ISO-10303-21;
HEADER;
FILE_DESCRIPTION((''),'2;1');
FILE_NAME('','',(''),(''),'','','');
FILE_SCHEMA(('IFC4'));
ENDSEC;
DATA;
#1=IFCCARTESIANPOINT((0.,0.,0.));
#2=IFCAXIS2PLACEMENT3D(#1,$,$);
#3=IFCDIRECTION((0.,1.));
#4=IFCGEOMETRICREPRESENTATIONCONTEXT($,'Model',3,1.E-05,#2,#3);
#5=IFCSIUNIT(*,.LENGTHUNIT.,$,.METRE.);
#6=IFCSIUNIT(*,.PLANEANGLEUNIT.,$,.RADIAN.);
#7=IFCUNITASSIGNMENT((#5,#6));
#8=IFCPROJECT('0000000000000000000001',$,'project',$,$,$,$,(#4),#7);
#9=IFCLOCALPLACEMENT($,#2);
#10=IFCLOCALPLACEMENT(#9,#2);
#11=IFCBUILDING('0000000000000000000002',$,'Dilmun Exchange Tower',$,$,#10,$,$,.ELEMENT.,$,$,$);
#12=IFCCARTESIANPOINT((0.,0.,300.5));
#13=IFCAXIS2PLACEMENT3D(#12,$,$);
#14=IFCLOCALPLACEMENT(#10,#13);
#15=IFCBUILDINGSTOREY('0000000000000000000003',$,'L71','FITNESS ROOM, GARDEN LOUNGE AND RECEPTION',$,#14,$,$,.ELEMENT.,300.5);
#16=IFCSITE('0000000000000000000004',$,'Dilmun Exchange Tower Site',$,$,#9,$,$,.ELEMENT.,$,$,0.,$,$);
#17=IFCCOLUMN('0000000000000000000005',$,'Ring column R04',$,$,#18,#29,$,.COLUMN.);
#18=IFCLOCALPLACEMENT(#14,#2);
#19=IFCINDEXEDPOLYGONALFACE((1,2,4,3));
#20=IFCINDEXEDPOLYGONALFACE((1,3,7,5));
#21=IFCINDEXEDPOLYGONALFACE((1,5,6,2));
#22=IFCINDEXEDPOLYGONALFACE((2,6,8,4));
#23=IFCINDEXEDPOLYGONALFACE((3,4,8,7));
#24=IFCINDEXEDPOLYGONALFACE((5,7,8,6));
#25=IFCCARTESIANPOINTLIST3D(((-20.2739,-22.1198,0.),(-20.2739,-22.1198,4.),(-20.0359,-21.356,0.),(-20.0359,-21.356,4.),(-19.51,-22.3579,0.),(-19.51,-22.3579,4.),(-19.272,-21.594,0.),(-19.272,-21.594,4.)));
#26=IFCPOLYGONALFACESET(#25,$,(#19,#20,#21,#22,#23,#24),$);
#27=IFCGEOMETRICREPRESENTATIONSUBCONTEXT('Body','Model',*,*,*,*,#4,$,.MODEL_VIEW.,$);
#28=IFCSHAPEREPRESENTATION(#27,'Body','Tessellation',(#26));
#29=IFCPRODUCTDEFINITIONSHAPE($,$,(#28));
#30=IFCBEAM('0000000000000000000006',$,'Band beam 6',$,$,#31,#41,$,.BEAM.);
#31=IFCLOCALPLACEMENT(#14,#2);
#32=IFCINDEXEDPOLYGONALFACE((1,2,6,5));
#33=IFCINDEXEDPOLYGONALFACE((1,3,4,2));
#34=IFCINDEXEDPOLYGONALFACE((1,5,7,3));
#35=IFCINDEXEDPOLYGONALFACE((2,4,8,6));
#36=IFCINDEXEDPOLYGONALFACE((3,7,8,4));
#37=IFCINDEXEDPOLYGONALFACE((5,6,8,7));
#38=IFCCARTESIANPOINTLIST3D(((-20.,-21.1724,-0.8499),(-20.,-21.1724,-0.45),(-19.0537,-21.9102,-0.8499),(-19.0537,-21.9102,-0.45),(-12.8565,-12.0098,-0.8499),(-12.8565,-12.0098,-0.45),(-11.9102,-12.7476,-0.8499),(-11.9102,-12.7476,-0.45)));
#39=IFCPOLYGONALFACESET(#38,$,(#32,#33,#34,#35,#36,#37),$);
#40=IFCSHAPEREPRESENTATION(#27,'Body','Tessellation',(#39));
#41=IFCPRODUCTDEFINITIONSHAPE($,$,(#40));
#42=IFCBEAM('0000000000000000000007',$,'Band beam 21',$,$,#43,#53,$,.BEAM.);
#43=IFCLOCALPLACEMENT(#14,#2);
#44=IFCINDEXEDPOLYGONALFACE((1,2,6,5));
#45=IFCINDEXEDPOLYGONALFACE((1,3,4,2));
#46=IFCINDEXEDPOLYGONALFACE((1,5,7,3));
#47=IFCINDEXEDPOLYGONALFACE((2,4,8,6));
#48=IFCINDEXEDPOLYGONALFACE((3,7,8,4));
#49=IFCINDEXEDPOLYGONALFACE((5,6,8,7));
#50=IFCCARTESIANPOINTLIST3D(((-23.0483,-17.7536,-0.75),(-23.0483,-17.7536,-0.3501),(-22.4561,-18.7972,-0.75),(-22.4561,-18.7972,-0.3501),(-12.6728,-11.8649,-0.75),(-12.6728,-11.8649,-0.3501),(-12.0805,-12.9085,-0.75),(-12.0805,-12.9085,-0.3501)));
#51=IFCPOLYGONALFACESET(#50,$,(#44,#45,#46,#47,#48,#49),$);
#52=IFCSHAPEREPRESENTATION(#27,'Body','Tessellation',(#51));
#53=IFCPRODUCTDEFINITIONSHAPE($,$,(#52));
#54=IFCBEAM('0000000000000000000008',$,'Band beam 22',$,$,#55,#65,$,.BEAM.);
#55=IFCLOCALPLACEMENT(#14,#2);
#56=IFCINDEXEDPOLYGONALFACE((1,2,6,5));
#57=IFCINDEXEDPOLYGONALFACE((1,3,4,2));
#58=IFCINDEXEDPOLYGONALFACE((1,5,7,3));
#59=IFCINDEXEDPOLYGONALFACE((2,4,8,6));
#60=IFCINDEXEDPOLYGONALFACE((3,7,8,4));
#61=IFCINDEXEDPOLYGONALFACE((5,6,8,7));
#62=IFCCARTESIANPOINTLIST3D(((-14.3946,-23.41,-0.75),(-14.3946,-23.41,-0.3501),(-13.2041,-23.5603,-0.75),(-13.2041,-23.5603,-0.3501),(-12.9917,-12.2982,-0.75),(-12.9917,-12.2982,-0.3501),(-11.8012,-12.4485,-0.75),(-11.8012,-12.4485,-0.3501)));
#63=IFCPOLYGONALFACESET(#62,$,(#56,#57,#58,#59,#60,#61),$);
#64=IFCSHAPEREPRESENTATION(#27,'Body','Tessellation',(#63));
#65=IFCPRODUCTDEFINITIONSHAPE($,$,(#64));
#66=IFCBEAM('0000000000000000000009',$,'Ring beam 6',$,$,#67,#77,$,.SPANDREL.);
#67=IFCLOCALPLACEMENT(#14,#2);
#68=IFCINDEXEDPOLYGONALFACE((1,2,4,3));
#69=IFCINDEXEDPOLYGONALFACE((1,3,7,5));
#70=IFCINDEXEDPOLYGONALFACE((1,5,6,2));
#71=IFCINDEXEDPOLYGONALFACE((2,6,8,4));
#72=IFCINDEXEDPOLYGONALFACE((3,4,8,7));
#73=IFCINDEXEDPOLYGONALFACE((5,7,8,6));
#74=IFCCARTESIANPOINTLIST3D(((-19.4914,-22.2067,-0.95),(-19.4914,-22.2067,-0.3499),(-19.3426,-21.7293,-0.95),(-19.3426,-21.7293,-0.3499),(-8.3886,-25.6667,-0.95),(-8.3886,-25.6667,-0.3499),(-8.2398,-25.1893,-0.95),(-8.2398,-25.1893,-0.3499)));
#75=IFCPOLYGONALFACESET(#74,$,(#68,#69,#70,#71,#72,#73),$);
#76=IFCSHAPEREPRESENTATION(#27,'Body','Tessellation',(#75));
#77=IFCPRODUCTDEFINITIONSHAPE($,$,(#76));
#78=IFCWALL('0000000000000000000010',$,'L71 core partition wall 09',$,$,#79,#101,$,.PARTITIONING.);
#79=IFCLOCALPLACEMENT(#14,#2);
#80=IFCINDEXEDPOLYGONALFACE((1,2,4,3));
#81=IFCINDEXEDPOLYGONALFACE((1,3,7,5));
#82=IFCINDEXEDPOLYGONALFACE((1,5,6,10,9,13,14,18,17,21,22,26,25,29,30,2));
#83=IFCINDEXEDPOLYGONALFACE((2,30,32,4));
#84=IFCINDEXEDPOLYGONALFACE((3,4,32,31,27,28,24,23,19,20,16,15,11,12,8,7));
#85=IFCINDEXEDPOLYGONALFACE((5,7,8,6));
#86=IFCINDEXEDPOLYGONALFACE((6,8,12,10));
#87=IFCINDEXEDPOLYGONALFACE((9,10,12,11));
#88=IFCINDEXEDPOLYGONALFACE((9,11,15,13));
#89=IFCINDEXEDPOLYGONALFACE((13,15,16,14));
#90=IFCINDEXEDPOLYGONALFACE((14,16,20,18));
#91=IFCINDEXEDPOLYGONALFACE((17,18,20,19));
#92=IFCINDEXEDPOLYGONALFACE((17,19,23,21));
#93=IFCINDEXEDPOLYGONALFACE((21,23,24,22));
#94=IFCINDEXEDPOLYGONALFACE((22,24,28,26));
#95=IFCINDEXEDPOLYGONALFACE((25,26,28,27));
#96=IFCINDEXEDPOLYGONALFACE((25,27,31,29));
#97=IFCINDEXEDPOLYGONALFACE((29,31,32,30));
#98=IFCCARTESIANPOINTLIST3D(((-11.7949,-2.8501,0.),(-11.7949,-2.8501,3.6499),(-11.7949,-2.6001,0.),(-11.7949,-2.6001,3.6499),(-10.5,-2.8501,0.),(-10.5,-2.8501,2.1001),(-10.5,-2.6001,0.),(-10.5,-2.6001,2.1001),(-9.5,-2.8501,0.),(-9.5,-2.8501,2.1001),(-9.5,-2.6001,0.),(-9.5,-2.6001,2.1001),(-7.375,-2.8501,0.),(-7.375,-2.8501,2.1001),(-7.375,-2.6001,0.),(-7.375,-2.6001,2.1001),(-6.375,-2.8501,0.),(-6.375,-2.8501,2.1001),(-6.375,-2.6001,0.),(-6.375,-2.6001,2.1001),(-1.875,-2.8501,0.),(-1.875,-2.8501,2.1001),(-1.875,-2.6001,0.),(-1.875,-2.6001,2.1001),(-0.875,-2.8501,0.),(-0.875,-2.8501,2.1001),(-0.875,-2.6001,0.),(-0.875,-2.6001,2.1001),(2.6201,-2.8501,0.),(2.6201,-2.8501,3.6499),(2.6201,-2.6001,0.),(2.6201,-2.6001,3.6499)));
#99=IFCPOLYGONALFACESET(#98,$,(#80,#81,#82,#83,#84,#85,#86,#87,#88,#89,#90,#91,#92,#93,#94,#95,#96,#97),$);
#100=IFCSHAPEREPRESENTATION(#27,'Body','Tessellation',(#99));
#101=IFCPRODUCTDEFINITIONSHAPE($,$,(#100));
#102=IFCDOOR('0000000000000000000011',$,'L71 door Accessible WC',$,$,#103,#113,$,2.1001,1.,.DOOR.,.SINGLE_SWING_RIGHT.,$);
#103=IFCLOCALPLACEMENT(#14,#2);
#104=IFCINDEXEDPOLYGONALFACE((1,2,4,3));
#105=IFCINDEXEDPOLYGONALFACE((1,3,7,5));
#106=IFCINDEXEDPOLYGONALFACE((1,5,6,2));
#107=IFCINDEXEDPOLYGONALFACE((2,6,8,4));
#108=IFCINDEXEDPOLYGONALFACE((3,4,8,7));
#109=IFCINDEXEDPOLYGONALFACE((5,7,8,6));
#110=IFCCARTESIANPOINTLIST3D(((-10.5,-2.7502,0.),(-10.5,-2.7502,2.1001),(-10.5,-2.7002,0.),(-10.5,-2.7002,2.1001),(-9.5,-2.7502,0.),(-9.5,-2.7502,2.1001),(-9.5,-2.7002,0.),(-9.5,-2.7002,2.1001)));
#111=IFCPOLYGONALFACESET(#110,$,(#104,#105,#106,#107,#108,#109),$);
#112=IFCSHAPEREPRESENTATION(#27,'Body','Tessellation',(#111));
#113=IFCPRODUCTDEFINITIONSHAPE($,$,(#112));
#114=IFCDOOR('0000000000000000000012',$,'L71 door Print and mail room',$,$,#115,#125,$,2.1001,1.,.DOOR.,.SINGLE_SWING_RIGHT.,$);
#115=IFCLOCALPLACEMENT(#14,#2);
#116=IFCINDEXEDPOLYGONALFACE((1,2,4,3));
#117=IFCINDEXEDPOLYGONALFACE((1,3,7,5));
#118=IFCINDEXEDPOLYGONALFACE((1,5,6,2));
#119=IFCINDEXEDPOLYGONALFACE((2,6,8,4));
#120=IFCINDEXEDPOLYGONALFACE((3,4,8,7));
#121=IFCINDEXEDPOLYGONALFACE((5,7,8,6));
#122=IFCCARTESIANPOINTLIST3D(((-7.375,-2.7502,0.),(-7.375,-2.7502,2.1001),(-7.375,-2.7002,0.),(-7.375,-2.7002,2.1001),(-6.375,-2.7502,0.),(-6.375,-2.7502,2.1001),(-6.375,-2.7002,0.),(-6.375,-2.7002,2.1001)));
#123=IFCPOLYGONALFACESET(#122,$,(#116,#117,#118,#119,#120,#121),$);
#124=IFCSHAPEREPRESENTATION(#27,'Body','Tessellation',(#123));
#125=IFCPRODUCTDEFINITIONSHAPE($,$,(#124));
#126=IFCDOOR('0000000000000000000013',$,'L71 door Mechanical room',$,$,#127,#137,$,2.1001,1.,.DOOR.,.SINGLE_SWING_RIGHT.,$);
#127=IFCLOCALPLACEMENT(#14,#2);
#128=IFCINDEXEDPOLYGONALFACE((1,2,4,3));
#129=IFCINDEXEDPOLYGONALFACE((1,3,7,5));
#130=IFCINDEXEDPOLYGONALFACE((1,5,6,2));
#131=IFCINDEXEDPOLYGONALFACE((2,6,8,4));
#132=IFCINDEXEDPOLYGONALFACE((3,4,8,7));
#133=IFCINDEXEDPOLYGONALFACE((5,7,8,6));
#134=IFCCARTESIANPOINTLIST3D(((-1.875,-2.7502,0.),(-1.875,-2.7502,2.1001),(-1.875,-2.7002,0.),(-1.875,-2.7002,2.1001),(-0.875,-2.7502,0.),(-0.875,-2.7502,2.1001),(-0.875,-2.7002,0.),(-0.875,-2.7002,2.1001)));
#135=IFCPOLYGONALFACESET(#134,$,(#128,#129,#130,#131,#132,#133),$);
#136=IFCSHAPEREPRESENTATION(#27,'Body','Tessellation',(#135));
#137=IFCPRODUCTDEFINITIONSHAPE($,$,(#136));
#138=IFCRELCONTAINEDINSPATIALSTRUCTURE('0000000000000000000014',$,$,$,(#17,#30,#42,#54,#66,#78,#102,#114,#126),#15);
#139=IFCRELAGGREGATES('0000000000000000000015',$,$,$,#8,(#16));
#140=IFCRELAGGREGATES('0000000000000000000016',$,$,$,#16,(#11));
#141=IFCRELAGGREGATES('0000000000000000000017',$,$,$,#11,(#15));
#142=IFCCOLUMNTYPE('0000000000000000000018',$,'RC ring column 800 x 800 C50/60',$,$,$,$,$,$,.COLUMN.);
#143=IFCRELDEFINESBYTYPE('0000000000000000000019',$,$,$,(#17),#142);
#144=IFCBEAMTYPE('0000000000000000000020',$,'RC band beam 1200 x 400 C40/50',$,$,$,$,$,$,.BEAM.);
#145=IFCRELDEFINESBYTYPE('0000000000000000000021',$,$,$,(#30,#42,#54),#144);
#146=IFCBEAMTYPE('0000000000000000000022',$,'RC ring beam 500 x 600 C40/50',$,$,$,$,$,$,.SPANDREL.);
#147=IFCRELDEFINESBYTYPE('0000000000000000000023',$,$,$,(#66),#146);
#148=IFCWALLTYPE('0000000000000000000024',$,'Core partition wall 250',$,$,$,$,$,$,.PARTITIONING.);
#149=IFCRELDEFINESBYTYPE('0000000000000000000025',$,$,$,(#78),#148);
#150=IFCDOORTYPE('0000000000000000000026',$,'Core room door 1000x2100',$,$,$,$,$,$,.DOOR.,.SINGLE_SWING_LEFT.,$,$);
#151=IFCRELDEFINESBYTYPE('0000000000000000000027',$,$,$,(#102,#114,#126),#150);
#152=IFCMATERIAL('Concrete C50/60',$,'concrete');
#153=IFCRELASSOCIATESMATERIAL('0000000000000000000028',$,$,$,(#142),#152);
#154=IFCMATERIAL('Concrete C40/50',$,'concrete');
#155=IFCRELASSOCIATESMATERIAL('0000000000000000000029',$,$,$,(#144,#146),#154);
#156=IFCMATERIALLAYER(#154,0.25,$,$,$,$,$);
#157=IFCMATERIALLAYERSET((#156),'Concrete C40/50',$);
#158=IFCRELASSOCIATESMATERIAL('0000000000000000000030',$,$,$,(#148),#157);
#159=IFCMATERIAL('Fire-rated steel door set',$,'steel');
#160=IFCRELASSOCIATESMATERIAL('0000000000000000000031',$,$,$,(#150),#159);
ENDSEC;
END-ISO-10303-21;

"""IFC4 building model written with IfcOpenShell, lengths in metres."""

from ifc_helpers import new_model, si_unit, direction, frame, frame_2d, origin, origin_2d, place, context, subcontext, project, spatial, rectangle, extrude, material, layer, layer_set, material_profile, profile_set, type_object, element, fill, save


model = new_model("IFC4")

# Units and contexts
model_context = context("Model", 3, precision=1e-05, world=origin(), true_north=direction((0.0, 1.0)))
body_context = subcontext(model_context, "Body", "Model", "MODEL_VIEW")
ifc_project = project(units=[si_unit("LENGTHUNIT", "METRE"), si_unit("PLANEANGLEUNIT", "RADIAN")], contexts=[model_context])

# Site, building, storey
site_placement = place(None, origin())
site = spatial("IfcSite", under=ifc_project, at=site_placement, Name="Dilmun Exchange Tower Site", CompositionType="ELEMENT", RefElevation=0.0)
building_placement = place(site_placement, origin())
building = spatial("IfcBuilding", under=site, at=building_placement, Name="Dilmun Exchange Tower", CompositionType="ELEMENT")
storey_placement = place(building_placement, frame((0.0, 0.0, 300.5)))
storey = spatial("IfcBuildingStorey", under=building, at=storey_placement, Name="L71", Description="FITNESS ROOM, GARDEN LOUNGE AND RECEPTION", CompositionType="ELEMENT", Elevation=300.5)

# Column
ifc_material_1 = material(Name="Concrete C50/60", Category="concrete")
ifc_material_profile_1 = material_profile(ifc_material_1, rectangle(XDim=0.8, YDim=0.8, at=origin_2d()), Name="800 x 800")
ifc_profile_set_1 = profile_set([ifc_material_profile_1], Name="Concrete C50/60")
column_type = type_object("IfcColumnType", Name="RC ring column 800 x 800 C50/60", PredefinedType="COLUMN", material=ifc_profile_set_1)
column_placement = place(storey_placement, frame((-19.7729, -21.8569, 0.0), z_axis=(0.0, 0.0, 1.0), x_axis=(0.297503, 0.954721, 0.0)))
element("IfcColumn", 1, at=column_placement, inside=storey, type_object=column_type, Name="Ring column R04", PredefinedType="COLUMN", context=body_context, shape_type="SweptSolid", body=[
    extrude(rectangle(XDim=0.8, YDim=0.8, at=origin_2d()), origin(), (0.0, 0.0, 1.0), 4.0),
])

# Beams
ifc_material_2 = material(Name="Concrete C40/50", Category="concrete")
ifc_material_profile_2 = material_profile(ifc_material_2, rectangle(XDim=1.2, YDim=0.3999, at=origin_2d()), Name="1200 x 400")
ifc_profile_set_2 = profile_set([ifc_material_profile_2], Name="Concrete C40/50")
beam_type_1 = type_object("IfcBeamType", Name="RC band beam 1200 x 400 C40/50", PredefinedType="BEAM", material=ifc_profile_set_2)
beam_1_placement = place(storey_placement, frame((-19.5269, -21.5413, -0.6499), z_axis=(0.614857, 0.788639, 0.0), x_axis=(-0.788639, 0.614857, 0.0)))
element("IfcBeam", 2, at=beam_1_placement, inside=storey, type_object=beam_type_1, Name="Band beam 6", PredefinedType="BEAM", context=body_context, shape_type="SweptSolid", body=[
    extrude(rectangle(XDim=1.2, YDim=0.3999, at=origin_2d()), origin(), (0.0, 0.0, 1.0), 11.6182),
])
beam_2_placement = place(storey_placement, frame((-22.7522, -18.2754, -0.55), z_axis=(0.86969, 0.493598, 0.0), x_axis=(-0.493598, 0.86969, 0.0)))
element("IfcBeam", 3, at=beam_2_placement, inside=storey, type_object=beam_type_1, Name="Band beam 21", PredefinedType="BEAM", context=body_context, shape_type="SweptSolid", body=[
    extrude(rectangle(XDim=1.2, YDim=0.3999, at=origin_2d()), origin(), (0.0, 0.0, 1.0), 11.9302),
])
beam_3_placement = place(storey_placement, frame((-13.7993, -23.4851, -0.55), z_axis=(0.125253, 0.992125, 0.0), x_axis=(-0.992125, 0.125253, 0.0)))
element("IfcBeam", 4, at=beam_3_placement, inside=storey, type_object=beam_type_1, Name="Band beam 22", PredefinedType="BEAM", context=body_context, shape_type="SweptSolid", body=[
    extrude(rectangle(XDim=1.2, YDim=0.3999, at=origin_2d()), origin(), (0.0, 0.0, 1.0), 11.2),
])
ifc_material_profile_3 = material_profile(ifc_material_2, rectangle(XDim=0.5, YDim=0.6001, at=origin_2d()), Name="500 x 600")
ifc_profile_set_3 = profile_set([ifc_material_profile_3], Name="Concrete C40/50")
beam_type_2 = type_object("IfcBeamType", Name="RC ring beam 500 x 600 C40/50", PredefinedType="SPANDREL", material=ifc_profile_set_3)
beam_4_placement = place(storey_placement, frame((-19.417, -21.968, -0.6499), z_axis=(0.954716, -0.297518, 0.0), x_axis=(0.297518, 0.954716, 0.0)))
element("IfcBeam", 5, at=beam_4_placement, inside=storey, type_object=beam_type_2, Name="Ring beam 6", PredefinedType="SPANDREL", context=body_context, shape_type="SweptSolid", body=[
    extrude(rectangle(XDim=0.5, YDim=0.6001, at=origin_2d()), origin(), (0.0, 0.0, 1.0), 11.6294),
])

# Wall, openings, doors
ifc_layer_1 = layer(ifc_material_2, 0.25)
ifc_layer_set_1 = layer_set([ifc_layer_1], Name="Concrete C40/50")
wall_type_1 = type_object("IfcWallType", Name="Core partition wall 250", PredefinedType="PARTITIONING", material=ifc_layer_set_1)
wall_1_placement = place(storey_placement, frame((-11.7949, -2.7251, 0.0), z_axis=(0.0, 0.0, 1.0), x_axis=(1.0, 0.0, 0.0)))
wall_1 = element("IfcWall", 6, at=wall_1_placement, inside=storey, type_object=wall_type_1, Name="L71 core partition wall 09", PredefinedType="PARTITIONING", context=body_context, shape_type="SweptSolid", body=[
    extrude(rectangle(XDim=14.415, YDim=0.25, at=frame_2d((7.2075, 0.0))), origin(), (0.0, 0.0, 1.0), 3.6499),
])
opening_1_placement = place(wall_1_placement, frame((1.2949, 0.0, 0.0)))
opening_1 = element("IfcOpeningElement", 7, at=opening_1_placement, cuts=wall_1, PredefinedType="OPENING", context=body_context, shape_type="SweptSolid", body=[
    extrude(rectangle(XDim=1.0, YDim=2.1001, at=frame_2d((0.5, 1.05))), frame((0.0, 0.135, 0.0), z_axis=(0.0, -1.0, 0.0), x_axis=(1.0, 0.0, 0.0)), (0.0, 0.0, 1.0), 0.27),
])
opening_2_placement = place(wall_1_placement, frame((4.4199, 0.0, 0.0)))
opening_2 = element("IfcOpeningElement", 8, at=opening_2_placement, cuts=wall_1, PredefinedType="OPENING", context=body_context, shape_type="SweptSolid", body=[
    extrude(rectangle(XDim=1.0, YDim=2.1001, at=frame_2d((0.5, 1.05))), frame((0.0, 0.135, 0.0), z_axis=(0.0, -1.0, 0.0), x_axis=(1.0, 0.0, 0.0)), (0.0, 0.0, 1.0), 0.27),
])
opening_3_placement = place(wall_1_placement, frame((9.9199, 0.0, 0.0)))
opening_3 = element("IfcOpeningElement", 9, at=opening_3_placement, cuts=wall_1, PredefinedType="OPENING", context=body_context, shape_type="SweptSolid", body=[
    extrude(rectangle(XDim=1.0, YDim=2.1001, at=frame_2d((0.5, 1.05))), frame((0.0, 0.135, 0.0), z_axis=(0.0, -1.0, 0.0), x_axis=(1.0, 0.0, 0.0)), (0.0, 0.0, 1.0), 0.27),
])
ifc_material_3 = material(Name="Fire-rated steel door set", Category="steel")
door_type_1 = type_object("IfcDoorType", Name="Core room door 1000x2100", OperationType="SINGLE_SWING_LEFT", PredefinedType="DOOR", material=ifc_material_3)
door_1_placement = place(opening_1_placement, origin())
door_1 = element("IfcDoor", 10, at=door_1_placement, inside=storey, type_object=door_type_1, Name="L71 door Accessible WC", OperationType="SINGLE_SWING_RIGHT", OverallHeight=2.1001, OverallWidth=1.0, PredefinedType="DOOR", context=body_context, shape_type="SweptSolid", body=[
    extrude(rectangle(XDim=1.0, YDim=2.1001, at=frame_2d((0.5, 1.05))), frame((0.0, 0.0249, 0.0), z_axis=(0.0, -1.0, 0.0), x_axis=(1.0, 0.0, 0.0)), (0.0, 0.0, 1.0), 0.05),
])
fill(opening_1, door_1)
door_2_placement = place(opening_2_placement, origin())
door_2 = element("IfcDoor", 11, at=door_2_placement, inside=storey, type_object=door_type_1, Name="L71 door Print and mail room", OperationType="SINGLE_SWING_RIGHT", OverallHeight=2.1001, OverallWidth=1.0, PredefinedType="DOOR", context=body_context, shape_type="SweptSolid", body=[
    extrude(rectangle(XDim=1.0, YDim=2.1001, at=frame_2d((0.5, 1.05))), frame((0.0, 0.0249, 0.0), z_axis=(0.0, -1.0, 0.0), x_axis=(1.0, 0.0, 0.0)), (0.0, 0.0, 1.0), 0.05),
])
fill(opening_2, door_2)
door_3_placement = place(opening_3_placement, origin())
door_3 = element("IfcDoor", 12, at=door_3_placement, inside=storey, type_object=door_type_1, Name="L71 door Mechanical room", OperationType="SINGLE_SWING_RIGHT", OverallHeight=2.1001, OverallWidth=1.0, PredefinedType="DOOR", context=body_context, shape_type="SweptSolid", body=[
    extrude(rectangle(XDim=1.0, YDim=2.1001, at=frame_2d((0.5, 1.05))), frame((0.0, 0.0249, 0.0), z_axis=(0.0, -1.0, 0.0), x_axis=(1.0, 0.0, 0.0)), (0.0, 0.0, 1.0), 0.05),
])
fill(opening_3, door_3)

save(model, "model.ifc")
